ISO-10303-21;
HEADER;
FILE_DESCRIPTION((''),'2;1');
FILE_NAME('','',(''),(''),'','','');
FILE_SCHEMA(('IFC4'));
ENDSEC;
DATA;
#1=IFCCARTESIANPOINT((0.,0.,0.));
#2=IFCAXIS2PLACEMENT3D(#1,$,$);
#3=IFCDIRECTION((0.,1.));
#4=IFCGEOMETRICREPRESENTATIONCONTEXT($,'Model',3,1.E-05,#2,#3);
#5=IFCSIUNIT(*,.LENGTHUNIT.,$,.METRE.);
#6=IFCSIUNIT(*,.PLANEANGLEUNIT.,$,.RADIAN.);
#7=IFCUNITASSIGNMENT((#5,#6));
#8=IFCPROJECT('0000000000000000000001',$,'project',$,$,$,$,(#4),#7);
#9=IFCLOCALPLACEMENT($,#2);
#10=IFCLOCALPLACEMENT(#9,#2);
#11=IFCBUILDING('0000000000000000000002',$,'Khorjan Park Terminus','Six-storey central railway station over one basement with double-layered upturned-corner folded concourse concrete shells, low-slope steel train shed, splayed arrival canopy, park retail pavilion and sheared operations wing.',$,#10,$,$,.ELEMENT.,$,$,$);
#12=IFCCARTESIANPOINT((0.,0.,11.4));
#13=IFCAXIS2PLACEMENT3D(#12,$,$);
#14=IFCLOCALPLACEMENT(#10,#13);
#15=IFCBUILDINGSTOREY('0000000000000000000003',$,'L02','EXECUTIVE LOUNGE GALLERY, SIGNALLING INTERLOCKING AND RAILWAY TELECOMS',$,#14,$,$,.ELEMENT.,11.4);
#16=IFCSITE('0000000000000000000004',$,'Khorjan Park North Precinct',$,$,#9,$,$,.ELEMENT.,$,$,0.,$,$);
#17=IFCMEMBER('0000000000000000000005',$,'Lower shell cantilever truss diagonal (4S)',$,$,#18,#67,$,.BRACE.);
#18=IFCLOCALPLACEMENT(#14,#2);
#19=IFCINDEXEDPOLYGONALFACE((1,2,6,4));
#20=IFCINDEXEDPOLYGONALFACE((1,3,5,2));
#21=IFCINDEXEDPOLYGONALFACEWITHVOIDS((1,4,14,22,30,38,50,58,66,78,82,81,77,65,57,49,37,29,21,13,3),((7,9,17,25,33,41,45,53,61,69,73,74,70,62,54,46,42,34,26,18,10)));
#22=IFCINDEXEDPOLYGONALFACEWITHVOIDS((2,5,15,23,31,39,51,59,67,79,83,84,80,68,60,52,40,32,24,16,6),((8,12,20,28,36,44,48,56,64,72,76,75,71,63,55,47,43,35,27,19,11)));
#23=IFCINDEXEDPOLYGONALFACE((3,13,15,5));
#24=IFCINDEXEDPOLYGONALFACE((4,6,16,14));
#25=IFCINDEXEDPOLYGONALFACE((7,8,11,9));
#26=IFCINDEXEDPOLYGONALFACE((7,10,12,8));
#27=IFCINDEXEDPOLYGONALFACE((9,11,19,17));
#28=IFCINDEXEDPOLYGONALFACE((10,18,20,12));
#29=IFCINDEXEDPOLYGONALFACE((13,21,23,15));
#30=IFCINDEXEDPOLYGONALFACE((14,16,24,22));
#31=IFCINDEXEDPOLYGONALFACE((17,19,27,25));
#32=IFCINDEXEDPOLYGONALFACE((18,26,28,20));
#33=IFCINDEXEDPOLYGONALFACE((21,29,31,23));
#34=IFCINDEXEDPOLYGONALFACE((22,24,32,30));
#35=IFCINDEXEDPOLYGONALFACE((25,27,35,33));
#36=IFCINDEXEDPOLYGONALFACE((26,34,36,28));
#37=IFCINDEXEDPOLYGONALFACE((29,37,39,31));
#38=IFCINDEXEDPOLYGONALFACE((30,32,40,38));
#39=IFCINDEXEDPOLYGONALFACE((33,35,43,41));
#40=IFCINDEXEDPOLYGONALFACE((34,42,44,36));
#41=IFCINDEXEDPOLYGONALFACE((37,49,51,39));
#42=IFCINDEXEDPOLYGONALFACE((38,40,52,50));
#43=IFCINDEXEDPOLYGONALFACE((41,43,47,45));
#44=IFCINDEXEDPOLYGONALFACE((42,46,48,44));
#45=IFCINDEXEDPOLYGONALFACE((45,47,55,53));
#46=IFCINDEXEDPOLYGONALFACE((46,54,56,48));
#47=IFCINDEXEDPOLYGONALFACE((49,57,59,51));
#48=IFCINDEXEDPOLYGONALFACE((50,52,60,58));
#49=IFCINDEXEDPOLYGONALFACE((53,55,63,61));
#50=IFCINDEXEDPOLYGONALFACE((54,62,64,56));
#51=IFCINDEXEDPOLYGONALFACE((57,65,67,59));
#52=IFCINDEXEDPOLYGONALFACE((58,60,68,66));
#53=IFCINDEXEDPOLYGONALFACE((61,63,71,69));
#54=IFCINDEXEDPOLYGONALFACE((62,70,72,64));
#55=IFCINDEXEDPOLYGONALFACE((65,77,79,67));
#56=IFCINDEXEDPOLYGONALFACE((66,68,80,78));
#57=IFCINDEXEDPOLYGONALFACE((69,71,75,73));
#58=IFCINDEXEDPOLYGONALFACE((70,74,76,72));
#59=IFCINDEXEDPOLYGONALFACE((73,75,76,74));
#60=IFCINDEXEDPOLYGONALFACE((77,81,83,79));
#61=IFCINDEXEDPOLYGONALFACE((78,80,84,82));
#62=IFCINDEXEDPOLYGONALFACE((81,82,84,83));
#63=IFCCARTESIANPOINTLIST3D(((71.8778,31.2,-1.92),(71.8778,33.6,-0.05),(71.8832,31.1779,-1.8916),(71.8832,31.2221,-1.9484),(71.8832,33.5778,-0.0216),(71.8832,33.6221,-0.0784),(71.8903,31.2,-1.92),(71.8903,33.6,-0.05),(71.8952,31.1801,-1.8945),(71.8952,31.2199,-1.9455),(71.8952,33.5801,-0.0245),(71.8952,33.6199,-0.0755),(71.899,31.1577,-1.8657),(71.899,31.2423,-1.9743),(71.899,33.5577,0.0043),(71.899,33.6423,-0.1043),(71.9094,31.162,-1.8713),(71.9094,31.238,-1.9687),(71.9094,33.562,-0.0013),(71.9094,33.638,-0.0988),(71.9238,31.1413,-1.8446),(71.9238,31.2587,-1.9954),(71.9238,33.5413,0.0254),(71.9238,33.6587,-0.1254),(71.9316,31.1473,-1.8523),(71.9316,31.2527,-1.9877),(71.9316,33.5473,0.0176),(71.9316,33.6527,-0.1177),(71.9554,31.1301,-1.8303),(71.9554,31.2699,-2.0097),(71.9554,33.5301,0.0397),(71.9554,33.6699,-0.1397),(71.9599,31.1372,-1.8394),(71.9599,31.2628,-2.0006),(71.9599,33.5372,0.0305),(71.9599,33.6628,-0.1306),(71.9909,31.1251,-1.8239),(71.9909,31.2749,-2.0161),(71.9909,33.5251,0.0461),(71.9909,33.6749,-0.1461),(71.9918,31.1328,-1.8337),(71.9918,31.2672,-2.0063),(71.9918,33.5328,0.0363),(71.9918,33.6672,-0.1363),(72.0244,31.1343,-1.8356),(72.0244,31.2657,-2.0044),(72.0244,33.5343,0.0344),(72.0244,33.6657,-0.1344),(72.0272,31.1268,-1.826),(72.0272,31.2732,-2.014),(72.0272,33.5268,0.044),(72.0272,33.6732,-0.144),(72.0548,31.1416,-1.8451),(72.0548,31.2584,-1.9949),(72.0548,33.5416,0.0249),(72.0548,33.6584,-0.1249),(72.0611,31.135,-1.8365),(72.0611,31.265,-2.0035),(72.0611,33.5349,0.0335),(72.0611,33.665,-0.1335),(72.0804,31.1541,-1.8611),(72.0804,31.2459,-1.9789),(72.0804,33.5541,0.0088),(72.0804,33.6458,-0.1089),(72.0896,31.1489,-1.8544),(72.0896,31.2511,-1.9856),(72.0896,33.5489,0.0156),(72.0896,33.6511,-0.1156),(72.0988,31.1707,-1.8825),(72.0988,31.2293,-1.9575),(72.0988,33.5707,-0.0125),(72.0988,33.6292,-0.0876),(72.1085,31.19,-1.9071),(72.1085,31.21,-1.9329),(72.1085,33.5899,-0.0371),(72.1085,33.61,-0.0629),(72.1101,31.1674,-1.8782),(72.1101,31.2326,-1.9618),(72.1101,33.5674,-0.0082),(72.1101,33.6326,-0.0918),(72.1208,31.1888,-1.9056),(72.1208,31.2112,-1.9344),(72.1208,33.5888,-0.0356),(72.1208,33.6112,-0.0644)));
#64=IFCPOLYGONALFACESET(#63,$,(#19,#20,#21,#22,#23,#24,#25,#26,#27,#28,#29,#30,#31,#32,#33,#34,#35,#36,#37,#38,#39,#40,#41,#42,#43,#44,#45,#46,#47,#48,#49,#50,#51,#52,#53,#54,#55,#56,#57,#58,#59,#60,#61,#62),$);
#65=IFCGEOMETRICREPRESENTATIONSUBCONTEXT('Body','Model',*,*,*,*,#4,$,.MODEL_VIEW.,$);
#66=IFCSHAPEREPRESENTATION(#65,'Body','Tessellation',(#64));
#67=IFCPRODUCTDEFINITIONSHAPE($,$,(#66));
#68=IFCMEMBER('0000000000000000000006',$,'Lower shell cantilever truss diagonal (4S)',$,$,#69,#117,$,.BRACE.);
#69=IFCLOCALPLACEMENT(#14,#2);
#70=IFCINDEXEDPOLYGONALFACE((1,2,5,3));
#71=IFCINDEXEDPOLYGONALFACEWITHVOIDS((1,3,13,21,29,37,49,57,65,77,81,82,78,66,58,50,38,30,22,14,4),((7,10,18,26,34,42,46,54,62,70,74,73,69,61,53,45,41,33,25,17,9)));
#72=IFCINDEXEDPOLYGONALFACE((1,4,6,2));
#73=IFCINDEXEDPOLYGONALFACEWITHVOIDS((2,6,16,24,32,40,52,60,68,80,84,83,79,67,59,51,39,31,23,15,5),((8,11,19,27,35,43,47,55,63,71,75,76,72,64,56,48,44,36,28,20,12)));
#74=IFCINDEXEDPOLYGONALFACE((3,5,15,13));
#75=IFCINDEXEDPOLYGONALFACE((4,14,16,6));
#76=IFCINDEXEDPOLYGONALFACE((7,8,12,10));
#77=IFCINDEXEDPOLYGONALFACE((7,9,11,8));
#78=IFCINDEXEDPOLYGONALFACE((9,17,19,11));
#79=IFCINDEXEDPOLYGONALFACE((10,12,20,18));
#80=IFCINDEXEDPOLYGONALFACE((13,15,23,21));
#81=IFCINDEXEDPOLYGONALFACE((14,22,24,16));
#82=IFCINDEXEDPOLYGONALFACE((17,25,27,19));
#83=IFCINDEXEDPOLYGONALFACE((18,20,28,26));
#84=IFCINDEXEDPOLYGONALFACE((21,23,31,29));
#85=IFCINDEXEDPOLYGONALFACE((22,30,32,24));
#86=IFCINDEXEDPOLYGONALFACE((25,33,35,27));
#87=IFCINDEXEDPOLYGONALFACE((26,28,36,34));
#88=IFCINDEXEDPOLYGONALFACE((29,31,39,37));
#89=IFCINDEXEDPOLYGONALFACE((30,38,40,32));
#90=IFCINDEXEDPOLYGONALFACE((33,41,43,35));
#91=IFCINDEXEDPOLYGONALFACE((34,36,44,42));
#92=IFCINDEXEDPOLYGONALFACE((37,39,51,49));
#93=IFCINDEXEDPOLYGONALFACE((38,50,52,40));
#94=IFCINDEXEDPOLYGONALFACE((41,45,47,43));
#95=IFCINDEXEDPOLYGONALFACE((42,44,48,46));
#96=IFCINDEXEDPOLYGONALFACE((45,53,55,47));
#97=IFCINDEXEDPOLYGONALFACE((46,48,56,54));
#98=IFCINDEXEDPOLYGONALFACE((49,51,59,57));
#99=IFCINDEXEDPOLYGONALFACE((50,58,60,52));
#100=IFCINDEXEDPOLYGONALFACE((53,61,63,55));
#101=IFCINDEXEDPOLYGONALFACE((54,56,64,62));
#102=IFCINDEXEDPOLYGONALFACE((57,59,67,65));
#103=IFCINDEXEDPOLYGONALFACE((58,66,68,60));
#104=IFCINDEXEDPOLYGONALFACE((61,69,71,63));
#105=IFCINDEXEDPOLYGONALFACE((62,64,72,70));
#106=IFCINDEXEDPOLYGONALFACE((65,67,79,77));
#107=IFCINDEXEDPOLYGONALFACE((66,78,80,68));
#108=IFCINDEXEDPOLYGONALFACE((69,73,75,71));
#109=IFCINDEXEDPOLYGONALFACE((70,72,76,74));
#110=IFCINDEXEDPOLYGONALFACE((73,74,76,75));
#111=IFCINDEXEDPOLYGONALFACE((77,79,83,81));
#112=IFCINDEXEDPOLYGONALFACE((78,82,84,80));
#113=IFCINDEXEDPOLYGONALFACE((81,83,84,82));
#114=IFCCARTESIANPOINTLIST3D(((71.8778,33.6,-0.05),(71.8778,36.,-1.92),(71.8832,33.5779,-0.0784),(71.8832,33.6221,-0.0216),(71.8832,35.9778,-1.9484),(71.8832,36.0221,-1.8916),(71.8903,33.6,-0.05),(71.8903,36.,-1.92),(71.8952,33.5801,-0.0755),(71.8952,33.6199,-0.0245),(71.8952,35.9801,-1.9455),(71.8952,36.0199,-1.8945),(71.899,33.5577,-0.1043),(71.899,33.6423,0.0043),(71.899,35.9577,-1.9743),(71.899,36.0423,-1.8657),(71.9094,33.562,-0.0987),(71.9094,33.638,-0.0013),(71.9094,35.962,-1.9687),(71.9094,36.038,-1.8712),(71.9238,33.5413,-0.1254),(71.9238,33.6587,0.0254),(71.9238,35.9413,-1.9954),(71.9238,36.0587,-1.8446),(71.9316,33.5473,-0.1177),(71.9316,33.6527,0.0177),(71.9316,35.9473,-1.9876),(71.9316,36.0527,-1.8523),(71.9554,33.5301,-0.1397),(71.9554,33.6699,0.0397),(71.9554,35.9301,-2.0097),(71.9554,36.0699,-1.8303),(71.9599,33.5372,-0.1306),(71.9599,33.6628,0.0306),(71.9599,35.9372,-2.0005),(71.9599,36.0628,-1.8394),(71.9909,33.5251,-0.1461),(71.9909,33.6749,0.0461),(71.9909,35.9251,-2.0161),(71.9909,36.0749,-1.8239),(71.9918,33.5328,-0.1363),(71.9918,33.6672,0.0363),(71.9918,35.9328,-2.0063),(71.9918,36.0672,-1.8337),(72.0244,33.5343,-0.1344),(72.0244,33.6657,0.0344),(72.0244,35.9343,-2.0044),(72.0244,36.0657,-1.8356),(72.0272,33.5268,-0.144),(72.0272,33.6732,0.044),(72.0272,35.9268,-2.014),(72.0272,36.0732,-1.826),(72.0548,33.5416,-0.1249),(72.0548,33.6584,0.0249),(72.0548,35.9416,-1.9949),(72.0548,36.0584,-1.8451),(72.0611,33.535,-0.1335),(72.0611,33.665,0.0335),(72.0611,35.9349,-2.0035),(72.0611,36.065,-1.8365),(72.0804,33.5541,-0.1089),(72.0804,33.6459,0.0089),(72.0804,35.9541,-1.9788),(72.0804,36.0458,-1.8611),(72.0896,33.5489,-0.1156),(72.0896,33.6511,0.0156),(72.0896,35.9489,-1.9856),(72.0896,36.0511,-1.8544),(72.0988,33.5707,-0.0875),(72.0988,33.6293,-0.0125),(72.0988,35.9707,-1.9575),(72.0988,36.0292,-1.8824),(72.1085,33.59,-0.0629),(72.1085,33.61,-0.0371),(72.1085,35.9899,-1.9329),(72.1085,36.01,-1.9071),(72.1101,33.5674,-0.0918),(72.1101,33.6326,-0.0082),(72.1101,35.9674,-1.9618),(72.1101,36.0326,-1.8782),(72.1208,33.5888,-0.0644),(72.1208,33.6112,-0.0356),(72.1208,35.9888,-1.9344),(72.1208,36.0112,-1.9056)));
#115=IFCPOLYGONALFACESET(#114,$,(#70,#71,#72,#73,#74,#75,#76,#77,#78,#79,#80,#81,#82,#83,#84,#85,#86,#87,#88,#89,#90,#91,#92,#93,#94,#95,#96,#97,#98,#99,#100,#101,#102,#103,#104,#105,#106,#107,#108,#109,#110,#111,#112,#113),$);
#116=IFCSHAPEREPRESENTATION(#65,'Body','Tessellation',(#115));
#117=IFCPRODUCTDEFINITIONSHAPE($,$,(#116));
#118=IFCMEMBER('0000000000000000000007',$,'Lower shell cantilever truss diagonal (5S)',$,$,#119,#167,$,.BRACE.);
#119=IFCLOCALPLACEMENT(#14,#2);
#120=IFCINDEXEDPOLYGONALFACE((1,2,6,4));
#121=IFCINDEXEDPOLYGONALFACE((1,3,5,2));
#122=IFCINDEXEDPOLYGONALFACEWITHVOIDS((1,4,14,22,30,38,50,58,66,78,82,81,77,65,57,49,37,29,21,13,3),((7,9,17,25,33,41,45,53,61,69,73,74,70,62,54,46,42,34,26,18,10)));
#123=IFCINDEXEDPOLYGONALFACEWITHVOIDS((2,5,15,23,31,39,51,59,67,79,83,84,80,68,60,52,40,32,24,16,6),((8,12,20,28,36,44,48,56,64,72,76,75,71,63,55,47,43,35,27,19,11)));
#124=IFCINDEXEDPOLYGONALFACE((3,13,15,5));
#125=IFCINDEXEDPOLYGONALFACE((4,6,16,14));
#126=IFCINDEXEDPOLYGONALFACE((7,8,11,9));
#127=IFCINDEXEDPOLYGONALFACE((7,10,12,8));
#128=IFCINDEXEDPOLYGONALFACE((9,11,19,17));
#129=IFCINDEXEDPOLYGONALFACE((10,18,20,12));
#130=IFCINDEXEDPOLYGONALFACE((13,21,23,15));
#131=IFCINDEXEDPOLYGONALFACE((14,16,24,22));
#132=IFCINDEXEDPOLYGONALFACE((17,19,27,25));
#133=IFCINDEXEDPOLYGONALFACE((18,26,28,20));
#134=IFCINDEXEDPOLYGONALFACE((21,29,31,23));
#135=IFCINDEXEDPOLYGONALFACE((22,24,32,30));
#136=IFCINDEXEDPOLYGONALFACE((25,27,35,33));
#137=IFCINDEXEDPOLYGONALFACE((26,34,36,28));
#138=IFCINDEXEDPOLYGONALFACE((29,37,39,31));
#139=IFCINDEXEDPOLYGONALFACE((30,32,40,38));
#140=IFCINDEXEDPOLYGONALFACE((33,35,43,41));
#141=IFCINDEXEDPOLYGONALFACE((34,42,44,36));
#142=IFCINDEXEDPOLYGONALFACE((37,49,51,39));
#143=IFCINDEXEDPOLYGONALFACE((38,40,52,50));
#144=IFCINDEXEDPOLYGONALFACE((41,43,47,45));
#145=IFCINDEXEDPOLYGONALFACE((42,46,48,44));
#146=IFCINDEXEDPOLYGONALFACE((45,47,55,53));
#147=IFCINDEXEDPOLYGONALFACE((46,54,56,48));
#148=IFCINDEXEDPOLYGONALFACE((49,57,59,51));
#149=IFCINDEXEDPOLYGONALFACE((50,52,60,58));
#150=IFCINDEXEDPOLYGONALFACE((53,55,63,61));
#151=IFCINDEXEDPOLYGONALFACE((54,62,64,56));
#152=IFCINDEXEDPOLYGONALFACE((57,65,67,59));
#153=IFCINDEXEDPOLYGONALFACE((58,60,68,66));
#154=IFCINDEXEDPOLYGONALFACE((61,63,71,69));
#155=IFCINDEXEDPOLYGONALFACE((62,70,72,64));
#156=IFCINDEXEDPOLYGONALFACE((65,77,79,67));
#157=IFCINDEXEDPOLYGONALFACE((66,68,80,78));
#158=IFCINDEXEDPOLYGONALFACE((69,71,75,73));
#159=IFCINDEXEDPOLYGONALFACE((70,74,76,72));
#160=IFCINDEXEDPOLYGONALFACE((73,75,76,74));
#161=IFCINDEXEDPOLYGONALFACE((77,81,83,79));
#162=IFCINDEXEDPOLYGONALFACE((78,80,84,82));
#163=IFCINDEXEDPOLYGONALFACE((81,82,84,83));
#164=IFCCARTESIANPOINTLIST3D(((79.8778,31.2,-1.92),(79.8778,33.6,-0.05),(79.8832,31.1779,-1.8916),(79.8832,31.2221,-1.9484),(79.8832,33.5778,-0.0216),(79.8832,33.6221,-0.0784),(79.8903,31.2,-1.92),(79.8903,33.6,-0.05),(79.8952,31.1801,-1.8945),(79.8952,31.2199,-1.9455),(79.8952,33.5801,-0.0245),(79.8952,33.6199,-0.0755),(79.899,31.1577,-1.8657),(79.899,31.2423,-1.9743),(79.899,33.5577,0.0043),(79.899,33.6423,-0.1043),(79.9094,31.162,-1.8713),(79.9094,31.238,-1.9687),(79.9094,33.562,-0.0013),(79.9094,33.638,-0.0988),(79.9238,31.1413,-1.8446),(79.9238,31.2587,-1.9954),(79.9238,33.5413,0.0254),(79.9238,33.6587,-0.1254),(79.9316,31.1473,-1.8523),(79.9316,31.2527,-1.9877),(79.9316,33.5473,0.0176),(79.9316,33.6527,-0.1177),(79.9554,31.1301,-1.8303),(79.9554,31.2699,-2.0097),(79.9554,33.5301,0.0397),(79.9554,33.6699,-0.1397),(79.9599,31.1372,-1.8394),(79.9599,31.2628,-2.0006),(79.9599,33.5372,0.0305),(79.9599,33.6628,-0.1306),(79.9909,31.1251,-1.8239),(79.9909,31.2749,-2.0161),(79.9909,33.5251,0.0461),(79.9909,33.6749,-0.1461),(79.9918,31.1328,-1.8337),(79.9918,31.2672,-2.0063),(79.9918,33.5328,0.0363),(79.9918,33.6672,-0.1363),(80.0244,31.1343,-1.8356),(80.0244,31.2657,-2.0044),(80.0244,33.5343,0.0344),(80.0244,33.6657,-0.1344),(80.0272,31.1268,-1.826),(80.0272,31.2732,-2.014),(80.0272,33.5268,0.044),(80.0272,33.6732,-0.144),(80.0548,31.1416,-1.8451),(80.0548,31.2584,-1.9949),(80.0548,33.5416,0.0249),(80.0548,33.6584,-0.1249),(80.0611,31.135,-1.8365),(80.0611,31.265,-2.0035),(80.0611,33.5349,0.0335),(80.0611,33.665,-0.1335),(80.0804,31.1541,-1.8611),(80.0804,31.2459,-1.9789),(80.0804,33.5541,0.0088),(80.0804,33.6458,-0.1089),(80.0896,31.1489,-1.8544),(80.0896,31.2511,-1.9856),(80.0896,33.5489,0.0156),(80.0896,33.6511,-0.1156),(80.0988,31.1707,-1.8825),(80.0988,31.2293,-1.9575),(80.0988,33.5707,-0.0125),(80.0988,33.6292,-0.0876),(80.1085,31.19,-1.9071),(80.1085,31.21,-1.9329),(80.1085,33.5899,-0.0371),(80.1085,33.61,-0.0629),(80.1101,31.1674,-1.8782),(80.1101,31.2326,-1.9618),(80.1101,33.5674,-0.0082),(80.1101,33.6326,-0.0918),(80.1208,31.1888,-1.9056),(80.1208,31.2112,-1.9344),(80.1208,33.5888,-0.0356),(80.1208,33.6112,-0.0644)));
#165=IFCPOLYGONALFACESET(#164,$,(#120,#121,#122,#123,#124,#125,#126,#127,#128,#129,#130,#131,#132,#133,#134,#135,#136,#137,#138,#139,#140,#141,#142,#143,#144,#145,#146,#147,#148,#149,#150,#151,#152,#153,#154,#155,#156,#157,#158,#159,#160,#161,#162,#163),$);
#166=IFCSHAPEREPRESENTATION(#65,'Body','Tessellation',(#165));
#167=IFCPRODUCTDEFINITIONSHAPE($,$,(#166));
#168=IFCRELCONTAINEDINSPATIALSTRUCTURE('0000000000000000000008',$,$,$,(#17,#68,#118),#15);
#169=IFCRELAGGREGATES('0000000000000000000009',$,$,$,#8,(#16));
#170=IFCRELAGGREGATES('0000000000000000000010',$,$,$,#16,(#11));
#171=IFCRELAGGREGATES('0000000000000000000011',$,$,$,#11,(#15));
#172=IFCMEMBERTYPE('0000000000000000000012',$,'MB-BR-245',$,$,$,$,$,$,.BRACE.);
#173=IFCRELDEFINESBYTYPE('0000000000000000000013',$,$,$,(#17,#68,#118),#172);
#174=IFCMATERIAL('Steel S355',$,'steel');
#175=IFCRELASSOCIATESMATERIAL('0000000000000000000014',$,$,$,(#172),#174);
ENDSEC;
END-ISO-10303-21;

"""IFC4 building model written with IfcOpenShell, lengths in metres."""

from ifc_helpers import new_model, si_unit, direction, frame, origin, origin_2d, place, context, subcontext, project, spatial, hollow_circle, extrude, material, material_profile, profile_set, type_object, element, save


model = new_model("IFC4")

# Units and contexts
model_context = context("Model", 3, precision=1e-05, world=origin(), true_north=direction((0.0, 1.0)))
body_context = subcontext(model_context, "Body", "Model", "MODEL_VIEW")
ifc_project = project(units=[si_unit("LENGTHUNIT", "METRE"), si_unit("PLANEANGLEUNIT", "RADIAN")], contexts=[model_context])

# Site, building, storey
site_placement = place(None, origin())
site = spatial("IfcSite", under=ifc_project, at=site_placement, Name="Khorjan Park North Precinct", CompositionType="ELEMENT", RefElevation=0.0)
building_placement = place(site_placement, origin())
building = spatial("IfcBuilding", under=site, at=building_placement, Name="Khorjan Park Terminus", Description="Six-storey central railway station over one basement with double-layered upturned-corner folded concourse concrete shells, low-slope steel train shed, splayed arrival canopy, park retail pavilion and sheared operations wing.", CompositionType="ELEMENT")
storey_placement = place(building_placement, frame((0.0, 0.0, 11.4)))
storey = spatial("IfcBuildingStorey", under=building, at=storey_placement, Name="L02", Description="EXECUTIVE LOUNGE GALLERY, SIGNALLING INTERLOCKING AND RAILWAY TELECOMS", CompositionType="ELEMENT", Elevation=11.4)

# Members
ifc_material = material(Name="Steel S355", Category="steel")
ifc_material_profile_1 = material_profile(ifc_material, hollow_circle(Radius=0.1222, WallThickness=0.0125, at=origin_2d()), Name="CHS 244.5x12.5")
ifc_profile_set_1 = profile_set([ifc_material_profile_1], Name="Steel S355")
member_type_1 = type_object("IfcMemberType", Name="MB-BR-245", PredefinedType="BRACE", material=ifc_profile_set_1)
for number, where, z_axis, x_axis, name in (
    (1, (72.0, 31.2, -1.92), (0.0, 0.788821, 0.614623), (-1.0, 0.0, 0.0), "Lower shell cantilever truss diagonal (4S)"),
    (2, (72.0, 33.6, -0.05), (0.0, 0.788821, -0.614623), (-1.0, 0.0, 0.0), "Lower shell cantilever truss diagonal (4S)"),
    (3, (80.0, 31.2, -1.92), (0.0, 0.788821, 0.614623), (-1.0, 0.0, 0.0), "Lower shell cantilever truss diagonal (5S)"),
):
    element("IfcMember", number, at=place(storey_placement, frame(where, z_axis=z_axis, x_axis=x_axis)), inside=storey, type_object=member_type_1, Name=name, PredefinedType="BRACE", context=body_context, shape_type="SweptSolid", body=[
        extrude(hollow_circle(Radius=0.1222, WallThickness=0.0125, at=origin_2d()), origin(), (0.0, 0.0, 1.0), 3.0425),
    ])

save(model, "model.ifc")
